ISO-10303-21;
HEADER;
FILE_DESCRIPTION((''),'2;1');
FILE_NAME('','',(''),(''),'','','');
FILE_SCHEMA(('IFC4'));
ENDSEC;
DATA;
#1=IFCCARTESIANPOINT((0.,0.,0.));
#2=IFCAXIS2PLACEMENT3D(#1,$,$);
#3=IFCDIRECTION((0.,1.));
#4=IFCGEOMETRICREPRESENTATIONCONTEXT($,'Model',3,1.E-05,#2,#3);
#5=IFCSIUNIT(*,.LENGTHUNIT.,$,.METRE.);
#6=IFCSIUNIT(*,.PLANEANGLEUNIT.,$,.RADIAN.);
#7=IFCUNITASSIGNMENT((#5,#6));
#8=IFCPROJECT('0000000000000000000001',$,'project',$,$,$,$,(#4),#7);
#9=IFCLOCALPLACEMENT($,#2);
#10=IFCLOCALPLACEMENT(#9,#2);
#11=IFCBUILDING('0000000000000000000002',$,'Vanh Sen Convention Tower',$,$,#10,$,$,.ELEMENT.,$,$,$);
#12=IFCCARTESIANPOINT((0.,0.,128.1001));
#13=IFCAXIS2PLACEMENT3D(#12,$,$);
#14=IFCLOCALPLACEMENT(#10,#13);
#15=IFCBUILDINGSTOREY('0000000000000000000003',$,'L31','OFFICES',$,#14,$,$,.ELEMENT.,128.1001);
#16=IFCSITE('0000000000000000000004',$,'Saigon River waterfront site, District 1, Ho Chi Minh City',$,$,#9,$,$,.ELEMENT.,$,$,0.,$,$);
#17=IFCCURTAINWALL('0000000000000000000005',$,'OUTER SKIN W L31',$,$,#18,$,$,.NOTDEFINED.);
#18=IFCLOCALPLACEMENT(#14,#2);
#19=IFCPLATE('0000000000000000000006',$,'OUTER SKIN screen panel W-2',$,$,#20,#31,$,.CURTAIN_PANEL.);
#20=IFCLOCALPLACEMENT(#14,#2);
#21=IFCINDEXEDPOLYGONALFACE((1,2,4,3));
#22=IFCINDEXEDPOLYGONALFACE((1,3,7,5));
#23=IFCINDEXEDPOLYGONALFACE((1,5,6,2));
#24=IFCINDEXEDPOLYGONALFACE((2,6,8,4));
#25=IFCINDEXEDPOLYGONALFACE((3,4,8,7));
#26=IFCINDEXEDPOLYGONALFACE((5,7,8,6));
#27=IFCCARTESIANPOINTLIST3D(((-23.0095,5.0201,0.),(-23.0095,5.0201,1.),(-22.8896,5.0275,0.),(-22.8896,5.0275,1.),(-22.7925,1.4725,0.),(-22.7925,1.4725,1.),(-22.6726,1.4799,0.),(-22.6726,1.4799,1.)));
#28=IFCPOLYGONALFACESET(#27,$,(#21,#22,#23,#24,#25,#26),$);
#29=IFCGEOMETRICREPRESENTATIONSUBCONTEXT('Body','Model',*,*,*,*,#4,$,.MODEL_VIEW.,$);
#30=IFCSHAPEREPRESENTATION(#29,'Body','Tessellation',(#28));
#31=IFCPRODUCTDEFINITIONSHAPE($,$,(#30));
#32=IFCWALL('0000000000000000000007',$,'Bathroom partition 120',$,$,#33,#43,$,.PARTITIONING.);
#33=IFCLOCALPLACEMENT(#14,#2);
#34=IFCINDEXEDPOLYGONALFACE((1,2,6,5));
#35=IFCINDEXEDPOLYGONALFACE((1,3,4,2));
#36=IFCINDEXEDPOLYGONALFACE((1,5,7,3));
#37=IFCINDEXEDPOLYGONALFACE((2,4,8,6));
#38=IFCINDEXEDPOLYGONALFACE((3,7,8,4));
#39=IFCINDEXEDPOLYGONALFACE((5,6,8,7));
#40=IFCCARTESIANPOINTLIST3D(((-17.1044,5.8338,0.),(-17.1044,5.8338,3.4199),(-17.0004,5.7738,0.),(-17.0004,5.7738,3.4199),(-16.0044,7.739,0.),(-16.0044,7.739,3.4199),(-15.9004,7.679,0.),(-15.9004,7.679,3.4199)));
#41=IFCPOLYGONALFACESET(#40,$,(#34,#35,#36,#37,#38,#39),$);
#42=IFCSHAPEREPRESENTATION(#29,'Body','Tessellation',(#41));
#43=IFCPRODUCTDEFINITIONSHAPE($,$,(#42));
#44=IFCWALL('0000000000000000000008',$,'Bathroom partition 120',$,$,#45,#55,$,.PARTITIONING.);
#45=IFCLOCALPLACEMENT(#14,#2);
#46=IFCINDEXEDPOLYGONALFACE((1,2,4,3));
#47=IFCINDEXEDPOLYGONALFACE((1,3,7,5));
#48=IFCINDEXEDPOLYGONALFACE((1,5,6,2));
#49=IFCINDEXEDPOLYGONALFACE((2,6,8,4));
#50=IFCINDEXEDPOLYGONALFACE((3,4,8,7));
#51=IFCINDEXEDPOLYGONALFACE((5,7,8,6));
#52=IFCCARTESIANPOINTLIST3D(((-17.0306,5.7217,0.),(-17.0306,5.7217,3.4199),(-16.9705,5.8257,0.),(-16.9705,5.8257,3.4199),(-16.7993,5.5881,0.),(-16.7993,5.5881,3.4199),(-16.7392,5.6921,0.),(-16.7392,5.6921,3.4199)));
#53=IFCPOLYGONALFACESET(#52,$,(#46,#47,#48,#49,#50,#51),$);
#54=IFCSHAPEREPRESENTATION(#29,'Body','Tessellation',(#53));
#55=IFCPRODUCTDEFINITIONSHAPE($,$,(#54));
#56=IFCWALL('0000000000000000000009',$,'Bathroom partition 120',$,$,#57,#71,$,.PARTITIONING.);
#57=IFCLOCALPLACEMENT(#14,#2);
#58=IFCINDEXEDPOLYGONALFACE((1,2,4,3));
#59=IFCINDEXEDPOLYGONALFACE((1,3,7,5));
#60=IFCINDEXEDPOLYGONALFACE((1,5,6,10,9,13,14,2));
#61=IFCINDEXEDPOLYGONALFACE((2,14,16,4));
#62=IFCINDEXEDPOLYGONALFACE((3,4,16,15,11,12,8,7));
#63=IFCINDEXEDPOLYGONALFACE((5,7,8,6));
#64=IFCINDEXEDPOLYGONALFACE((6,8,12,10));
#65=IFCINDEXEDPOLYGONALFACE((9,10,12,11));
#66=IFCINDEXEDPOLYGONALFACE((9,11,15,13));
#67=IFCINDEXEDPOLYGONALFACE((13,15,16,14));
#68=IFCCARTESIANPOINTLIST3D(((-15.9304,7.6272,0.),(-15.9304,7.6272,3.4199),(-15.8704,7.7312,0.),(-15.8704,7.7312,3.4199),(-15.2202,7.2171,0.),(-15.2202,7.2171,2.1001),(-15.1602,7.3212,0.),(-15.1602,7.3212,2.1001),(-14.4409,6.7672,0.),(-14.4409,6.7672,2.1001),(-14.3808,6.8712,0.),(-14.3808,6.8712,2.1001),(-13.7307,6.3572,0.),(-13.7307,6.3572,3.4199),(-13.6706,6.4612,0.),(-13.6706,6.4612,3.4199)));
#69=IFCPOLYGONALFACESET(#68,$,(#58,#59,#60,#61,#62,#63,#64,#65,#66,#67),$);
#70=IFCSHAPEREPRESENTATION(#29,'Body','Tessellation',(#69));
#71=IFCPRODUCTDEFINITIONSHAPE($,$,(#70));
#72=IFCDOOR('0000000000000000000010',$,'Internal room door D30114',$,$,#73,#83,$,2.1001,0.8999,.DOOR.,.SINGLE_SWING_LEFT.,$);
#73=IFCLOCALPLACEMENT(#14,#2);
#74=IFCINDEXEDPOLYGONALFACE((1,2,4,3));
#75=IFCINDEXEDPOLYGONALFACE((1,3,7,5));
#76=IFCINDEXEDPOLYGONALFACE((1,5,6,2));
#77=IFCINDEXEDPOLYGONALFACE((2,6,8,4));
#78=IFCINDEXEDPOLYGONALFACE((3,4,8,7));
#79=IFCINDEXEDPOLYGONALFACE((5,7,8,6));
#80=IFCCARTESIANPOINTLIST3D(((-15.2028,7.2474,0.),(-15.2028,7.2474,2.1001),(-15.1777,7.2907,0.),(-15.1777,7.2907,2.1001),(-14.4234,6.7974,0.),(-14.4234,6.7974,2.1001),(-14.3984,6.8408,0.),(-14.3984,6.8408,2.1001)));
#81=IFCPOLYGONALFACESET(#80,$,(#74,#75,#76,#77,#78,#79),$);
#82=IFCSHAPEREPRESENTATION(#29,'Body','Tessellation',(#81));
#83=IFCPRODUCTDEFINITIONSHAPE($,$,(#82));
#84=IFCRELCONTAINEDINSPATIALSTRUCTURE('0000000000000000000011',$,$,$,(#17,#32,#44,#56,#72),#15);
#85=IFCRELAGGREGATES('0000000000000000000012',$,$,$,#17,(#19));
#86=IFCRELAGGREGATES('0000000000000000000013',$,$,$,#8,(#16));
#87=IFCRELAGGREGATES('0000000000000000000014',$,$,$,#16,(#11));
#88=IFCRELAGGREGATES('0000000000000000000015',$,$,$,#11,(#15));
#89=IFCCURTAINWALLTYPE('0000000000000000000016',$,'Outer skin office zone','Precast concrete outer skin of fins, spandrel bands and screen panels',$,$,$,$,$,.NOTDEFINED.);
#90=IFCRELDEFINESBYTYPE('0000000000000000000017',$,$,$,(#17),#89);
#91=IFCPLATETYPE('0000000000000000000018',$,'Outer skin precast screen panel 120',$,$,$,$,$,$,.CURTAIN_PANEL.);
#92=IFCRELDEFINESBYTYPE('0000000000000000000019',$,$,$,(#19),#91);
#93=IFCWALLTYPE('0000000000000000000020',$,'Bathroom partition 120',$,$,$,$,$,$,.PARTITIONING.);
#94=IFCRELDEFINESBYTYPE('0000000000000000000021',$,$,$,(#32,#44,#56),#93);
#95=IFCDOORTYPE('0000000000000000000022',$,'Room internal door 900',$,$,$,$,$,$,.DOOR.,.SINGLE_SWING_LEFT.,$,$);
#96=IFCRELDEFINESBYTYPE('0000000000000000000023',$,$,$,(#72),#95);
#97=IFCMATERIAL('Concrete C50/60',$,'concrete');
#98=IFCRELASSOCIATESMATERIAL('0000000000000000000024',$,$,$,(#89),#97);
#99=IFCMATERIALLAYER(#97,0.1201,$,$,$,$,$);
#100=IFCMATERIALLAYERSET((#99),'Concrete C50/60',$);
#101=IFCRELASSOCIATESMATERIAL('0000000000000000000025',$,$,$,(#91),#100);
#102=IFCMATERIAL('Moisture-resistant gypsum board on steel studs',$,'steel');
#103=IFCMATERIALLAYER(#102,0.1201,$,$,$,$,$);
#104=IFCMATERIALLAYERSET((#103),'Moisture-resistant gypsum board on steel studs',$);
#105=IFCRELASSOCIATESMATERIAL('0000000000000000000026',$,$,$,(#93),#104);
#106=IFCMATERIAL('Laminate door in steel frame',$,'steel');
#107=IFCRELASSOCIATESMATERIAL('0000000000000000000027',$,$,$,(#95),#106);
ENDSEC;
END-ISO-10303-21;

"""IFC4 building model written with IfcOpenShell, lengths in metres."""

from ifc_helpers import new_model, si_unit, direction, frame, frame_2d, origin, origin_2d, place, context, subcontext, project, spatial, rectangle, extrude, material, layer, layer_set, type_object, element, fill, aggregate, save


model = new_model("IFC4")

# Units and contexts
model_context = context("Model", 3, precision=1e-05, world=origin(), true_north=direction((0.0, 1.0)))
body_context = subcontext(model_context, "Body", "Model", "MODEL_VIEW")
ifc_project = project(units=[si_unit("LENGTHUNIT", "METRE"), si_unit("PLANEANGLEUNIT", "RADIAN")], contexts=[model_context])

# Site, building, storey
site_placement = place(None, origin())
site = spatial("IfcSite", under=ifc_project, at=site_placement, Name="Saigon River waterfront site, District 1, Ho Chi Minh City", CompositionType="ELEMENT", RefElevation=0.0)
building_placement = place(site_placement, origin())
building = spatial("IfcBuilding", under=site, at=building_placement, Name="Vanh Sen Convention Tower", CompositionType="ELEMENT")
storey_placement = place(building_placement, frame((0.0, 0.0, 128.1001)))
storey = spatial("IfcBuildingStorey", under=building, at=storey_placement, Name="L31", Description="OFFICES", CompositionType="ELEMENT", Elevation=128.1001)

# Curtain wall
ifc_material_1 = material(Name="Concrete C50/60", Category="concrete")
curtain_wall_type = type_object("IfcCurtainWallType", Name="Outer skin office zone", Description="Precast concrete outer skin of fins, spandrel bands and screen panels", PredefinedType="NOTDEFINED", material=ifc_material_1)
curtain_wall_placement = place(storey_placement, origin())
curtain_wall = element("IfcCurtainWall", 1, at=curtain_wall_placement, inside=storey, type_object=curtain_wall_type, Name="OUTER SKIN W L31", PredefinedType="NOTDEFINED")

# Plate
ifc_layer_1 = layer(ifc_material_1, 0.1201)
ifc_layer_set_1 = layer_set([ifc_layer_1], Name="Concrete C50/60")
plate_type = type_object("IfcPlateType", Name="Outer skin precast screen panel 120", PredefinedType="CURTAIN_PANEL", material=ifc_layer_set_1)
plate_1_placement = place(storey_placement, frame((-22.8411, 3.25, 0.0), z_axis=(0.0, 0.0, 1.0), x_axis=(0.061052, -0.998135, 0.0)))
plate_1 = element("IfcPlate", 2, at=plate_1_placement, type_object=plate_type, Name="OUTER SKIN screen panel W-2", PredefinedType="CURTAIN_PANEL", context=body_context, shape_type="SweptSolid", body=[
    extrude(rectangle(XDim=3.5542, YDim=0.1201, at=origin_2d()), origin(), (0.0, 0.0, 1.0), 1.0),
])
aggregate(curtain_wall, [plate_1])

# Walls
ifc_material_2 = material(Name="Moisture-resistant gypsum board on steel studs", Category="steel")
ifc_layer_2 = layer(ifc_material_2, 0.1201)
ifc_layer_set_2 = layer_set([ifc_layer_2], Name="Moisture-resistant gypsum board on steel studs")
wall_type_1 = type_object("IfcWallType", Name="Bathroom partition 120", PredefinedType="PARTITIONING", material=ifc_layer_set_2)
wall_1_placement = place(storey_placement, frame((-17.0525, 5.8037, 0.0), z_axis=(0.0, 0.0, 1.0), x_axis=(0.50003, 0.866008, 0.0)))
element("IfcWall", 3, at=wall_1_placement, inside=storey, type_object=wall_type_1, Name="Bathroom partition 120", PredefinedType="PARTITIONING", context=body_context, shape_type="SweptSolid", body=[
    extrude(rectangle(XDim=2.2, YDim=0.1201, at=frame_2d((1.1001, 0.0))), origin(), (0.0, 0.0, 1.0), 3.4199),
])
wall_2_placement = place(storey_placement, frame((-16.7693, 5.6401, 0.0), z_axis=(0.0, 0.0, 1.0), x_axis=(-0.865927, 0.500171, 0.0)))
element("IfcWall", 4, at=wall_2_placement, inside=storey, type_object=wall_type_1, Name="Bathroom partition 120", PredefinedType="PARTITIONING", context=body_context, shape_type="SweptSolid", body=[
    extrude(rectangle(XDim=0.2671, YDim=0.1201, at=frame_2d((0.1335, 0.0))), origin(), (0.0, 0.0, 1.0), 3.4199),
])

# Wall, opening, door
wall_3_placement = place(storey_placement, frame((-15.9004, 7.6792, 0.0), z_axis=(0.0, 0.0, 1.0), x_axis=(0.866022, -0.500005, 0.0)))
wall_3 = element("IfcWall", 5, at=wall_3_placement, inside=storey, type_object=wall_type_1, Name="Bathroom partition 120", PredefinedType="PARTITIONING", context=body_context, shape_type="SweptSolid", body=[
    extrude(rectangle(XDim=2.54, YDim=0.1201, at=frame_2d((1.27, 0.0))), origin(), (0.0, 0.0, 1.0), 3.4199),
])
opening_1_placement = place(wall_3_placement, frame((0.8201, 0.0, 0.0)))
opening_1 = element("IfcOpeningElement", 6, at=opening_1_placement, cuts=wall_3, PredefinedType="OPENING", context=body_context, shape_type="SweptSolid", body=[
    extrude(rectangle(XDim=0.8999, YDim=2.1001, at=frame_2d((0.45, 1.05))), frame((0.0, 0.0701, 0.0), z_axis=(0.0, -1.0, 0.0), x_axis=(1.0, 0.0, 0.0)), (0.0, 0.0, 1.0), 0.1401),
])
ifc_material_3 = material(Name="Laminate door in steel frame", Category="steel")
door_type = type_object("IfcDoorType", Name="Room internal door 900", OperationType="SINGLE_SWING_LEFT", PredefinedType="DOOR", material=ifc_material_3)
door_placement = place(opening_1_placement, origin())
door = element("IfcDoor", 7, at=door_placement, inside=storey, type_object=door_type, Name="Internal room door D30114", OperationType="SINGLE_SWING_LEFT", OverallHeight=2.1001, OverallWidth=0.8999, PredefinedType="DOOR", context=body_context, shape_type="SweptSolid", body=[
    extrude(rectangle(XDim=0.8999, YDim=2.1001, at=frame_2d((0.45, 1.05))), frame((0.0, 0.0249, 0.0), z_axis=(0.0, -1.0, 0.0), x_axis=(1.0, 0.0, 0.0)), (0.0, 0.0, 1.0), 0.05),
])
fill(opening_1, door)

save(model, "model.ifc")
